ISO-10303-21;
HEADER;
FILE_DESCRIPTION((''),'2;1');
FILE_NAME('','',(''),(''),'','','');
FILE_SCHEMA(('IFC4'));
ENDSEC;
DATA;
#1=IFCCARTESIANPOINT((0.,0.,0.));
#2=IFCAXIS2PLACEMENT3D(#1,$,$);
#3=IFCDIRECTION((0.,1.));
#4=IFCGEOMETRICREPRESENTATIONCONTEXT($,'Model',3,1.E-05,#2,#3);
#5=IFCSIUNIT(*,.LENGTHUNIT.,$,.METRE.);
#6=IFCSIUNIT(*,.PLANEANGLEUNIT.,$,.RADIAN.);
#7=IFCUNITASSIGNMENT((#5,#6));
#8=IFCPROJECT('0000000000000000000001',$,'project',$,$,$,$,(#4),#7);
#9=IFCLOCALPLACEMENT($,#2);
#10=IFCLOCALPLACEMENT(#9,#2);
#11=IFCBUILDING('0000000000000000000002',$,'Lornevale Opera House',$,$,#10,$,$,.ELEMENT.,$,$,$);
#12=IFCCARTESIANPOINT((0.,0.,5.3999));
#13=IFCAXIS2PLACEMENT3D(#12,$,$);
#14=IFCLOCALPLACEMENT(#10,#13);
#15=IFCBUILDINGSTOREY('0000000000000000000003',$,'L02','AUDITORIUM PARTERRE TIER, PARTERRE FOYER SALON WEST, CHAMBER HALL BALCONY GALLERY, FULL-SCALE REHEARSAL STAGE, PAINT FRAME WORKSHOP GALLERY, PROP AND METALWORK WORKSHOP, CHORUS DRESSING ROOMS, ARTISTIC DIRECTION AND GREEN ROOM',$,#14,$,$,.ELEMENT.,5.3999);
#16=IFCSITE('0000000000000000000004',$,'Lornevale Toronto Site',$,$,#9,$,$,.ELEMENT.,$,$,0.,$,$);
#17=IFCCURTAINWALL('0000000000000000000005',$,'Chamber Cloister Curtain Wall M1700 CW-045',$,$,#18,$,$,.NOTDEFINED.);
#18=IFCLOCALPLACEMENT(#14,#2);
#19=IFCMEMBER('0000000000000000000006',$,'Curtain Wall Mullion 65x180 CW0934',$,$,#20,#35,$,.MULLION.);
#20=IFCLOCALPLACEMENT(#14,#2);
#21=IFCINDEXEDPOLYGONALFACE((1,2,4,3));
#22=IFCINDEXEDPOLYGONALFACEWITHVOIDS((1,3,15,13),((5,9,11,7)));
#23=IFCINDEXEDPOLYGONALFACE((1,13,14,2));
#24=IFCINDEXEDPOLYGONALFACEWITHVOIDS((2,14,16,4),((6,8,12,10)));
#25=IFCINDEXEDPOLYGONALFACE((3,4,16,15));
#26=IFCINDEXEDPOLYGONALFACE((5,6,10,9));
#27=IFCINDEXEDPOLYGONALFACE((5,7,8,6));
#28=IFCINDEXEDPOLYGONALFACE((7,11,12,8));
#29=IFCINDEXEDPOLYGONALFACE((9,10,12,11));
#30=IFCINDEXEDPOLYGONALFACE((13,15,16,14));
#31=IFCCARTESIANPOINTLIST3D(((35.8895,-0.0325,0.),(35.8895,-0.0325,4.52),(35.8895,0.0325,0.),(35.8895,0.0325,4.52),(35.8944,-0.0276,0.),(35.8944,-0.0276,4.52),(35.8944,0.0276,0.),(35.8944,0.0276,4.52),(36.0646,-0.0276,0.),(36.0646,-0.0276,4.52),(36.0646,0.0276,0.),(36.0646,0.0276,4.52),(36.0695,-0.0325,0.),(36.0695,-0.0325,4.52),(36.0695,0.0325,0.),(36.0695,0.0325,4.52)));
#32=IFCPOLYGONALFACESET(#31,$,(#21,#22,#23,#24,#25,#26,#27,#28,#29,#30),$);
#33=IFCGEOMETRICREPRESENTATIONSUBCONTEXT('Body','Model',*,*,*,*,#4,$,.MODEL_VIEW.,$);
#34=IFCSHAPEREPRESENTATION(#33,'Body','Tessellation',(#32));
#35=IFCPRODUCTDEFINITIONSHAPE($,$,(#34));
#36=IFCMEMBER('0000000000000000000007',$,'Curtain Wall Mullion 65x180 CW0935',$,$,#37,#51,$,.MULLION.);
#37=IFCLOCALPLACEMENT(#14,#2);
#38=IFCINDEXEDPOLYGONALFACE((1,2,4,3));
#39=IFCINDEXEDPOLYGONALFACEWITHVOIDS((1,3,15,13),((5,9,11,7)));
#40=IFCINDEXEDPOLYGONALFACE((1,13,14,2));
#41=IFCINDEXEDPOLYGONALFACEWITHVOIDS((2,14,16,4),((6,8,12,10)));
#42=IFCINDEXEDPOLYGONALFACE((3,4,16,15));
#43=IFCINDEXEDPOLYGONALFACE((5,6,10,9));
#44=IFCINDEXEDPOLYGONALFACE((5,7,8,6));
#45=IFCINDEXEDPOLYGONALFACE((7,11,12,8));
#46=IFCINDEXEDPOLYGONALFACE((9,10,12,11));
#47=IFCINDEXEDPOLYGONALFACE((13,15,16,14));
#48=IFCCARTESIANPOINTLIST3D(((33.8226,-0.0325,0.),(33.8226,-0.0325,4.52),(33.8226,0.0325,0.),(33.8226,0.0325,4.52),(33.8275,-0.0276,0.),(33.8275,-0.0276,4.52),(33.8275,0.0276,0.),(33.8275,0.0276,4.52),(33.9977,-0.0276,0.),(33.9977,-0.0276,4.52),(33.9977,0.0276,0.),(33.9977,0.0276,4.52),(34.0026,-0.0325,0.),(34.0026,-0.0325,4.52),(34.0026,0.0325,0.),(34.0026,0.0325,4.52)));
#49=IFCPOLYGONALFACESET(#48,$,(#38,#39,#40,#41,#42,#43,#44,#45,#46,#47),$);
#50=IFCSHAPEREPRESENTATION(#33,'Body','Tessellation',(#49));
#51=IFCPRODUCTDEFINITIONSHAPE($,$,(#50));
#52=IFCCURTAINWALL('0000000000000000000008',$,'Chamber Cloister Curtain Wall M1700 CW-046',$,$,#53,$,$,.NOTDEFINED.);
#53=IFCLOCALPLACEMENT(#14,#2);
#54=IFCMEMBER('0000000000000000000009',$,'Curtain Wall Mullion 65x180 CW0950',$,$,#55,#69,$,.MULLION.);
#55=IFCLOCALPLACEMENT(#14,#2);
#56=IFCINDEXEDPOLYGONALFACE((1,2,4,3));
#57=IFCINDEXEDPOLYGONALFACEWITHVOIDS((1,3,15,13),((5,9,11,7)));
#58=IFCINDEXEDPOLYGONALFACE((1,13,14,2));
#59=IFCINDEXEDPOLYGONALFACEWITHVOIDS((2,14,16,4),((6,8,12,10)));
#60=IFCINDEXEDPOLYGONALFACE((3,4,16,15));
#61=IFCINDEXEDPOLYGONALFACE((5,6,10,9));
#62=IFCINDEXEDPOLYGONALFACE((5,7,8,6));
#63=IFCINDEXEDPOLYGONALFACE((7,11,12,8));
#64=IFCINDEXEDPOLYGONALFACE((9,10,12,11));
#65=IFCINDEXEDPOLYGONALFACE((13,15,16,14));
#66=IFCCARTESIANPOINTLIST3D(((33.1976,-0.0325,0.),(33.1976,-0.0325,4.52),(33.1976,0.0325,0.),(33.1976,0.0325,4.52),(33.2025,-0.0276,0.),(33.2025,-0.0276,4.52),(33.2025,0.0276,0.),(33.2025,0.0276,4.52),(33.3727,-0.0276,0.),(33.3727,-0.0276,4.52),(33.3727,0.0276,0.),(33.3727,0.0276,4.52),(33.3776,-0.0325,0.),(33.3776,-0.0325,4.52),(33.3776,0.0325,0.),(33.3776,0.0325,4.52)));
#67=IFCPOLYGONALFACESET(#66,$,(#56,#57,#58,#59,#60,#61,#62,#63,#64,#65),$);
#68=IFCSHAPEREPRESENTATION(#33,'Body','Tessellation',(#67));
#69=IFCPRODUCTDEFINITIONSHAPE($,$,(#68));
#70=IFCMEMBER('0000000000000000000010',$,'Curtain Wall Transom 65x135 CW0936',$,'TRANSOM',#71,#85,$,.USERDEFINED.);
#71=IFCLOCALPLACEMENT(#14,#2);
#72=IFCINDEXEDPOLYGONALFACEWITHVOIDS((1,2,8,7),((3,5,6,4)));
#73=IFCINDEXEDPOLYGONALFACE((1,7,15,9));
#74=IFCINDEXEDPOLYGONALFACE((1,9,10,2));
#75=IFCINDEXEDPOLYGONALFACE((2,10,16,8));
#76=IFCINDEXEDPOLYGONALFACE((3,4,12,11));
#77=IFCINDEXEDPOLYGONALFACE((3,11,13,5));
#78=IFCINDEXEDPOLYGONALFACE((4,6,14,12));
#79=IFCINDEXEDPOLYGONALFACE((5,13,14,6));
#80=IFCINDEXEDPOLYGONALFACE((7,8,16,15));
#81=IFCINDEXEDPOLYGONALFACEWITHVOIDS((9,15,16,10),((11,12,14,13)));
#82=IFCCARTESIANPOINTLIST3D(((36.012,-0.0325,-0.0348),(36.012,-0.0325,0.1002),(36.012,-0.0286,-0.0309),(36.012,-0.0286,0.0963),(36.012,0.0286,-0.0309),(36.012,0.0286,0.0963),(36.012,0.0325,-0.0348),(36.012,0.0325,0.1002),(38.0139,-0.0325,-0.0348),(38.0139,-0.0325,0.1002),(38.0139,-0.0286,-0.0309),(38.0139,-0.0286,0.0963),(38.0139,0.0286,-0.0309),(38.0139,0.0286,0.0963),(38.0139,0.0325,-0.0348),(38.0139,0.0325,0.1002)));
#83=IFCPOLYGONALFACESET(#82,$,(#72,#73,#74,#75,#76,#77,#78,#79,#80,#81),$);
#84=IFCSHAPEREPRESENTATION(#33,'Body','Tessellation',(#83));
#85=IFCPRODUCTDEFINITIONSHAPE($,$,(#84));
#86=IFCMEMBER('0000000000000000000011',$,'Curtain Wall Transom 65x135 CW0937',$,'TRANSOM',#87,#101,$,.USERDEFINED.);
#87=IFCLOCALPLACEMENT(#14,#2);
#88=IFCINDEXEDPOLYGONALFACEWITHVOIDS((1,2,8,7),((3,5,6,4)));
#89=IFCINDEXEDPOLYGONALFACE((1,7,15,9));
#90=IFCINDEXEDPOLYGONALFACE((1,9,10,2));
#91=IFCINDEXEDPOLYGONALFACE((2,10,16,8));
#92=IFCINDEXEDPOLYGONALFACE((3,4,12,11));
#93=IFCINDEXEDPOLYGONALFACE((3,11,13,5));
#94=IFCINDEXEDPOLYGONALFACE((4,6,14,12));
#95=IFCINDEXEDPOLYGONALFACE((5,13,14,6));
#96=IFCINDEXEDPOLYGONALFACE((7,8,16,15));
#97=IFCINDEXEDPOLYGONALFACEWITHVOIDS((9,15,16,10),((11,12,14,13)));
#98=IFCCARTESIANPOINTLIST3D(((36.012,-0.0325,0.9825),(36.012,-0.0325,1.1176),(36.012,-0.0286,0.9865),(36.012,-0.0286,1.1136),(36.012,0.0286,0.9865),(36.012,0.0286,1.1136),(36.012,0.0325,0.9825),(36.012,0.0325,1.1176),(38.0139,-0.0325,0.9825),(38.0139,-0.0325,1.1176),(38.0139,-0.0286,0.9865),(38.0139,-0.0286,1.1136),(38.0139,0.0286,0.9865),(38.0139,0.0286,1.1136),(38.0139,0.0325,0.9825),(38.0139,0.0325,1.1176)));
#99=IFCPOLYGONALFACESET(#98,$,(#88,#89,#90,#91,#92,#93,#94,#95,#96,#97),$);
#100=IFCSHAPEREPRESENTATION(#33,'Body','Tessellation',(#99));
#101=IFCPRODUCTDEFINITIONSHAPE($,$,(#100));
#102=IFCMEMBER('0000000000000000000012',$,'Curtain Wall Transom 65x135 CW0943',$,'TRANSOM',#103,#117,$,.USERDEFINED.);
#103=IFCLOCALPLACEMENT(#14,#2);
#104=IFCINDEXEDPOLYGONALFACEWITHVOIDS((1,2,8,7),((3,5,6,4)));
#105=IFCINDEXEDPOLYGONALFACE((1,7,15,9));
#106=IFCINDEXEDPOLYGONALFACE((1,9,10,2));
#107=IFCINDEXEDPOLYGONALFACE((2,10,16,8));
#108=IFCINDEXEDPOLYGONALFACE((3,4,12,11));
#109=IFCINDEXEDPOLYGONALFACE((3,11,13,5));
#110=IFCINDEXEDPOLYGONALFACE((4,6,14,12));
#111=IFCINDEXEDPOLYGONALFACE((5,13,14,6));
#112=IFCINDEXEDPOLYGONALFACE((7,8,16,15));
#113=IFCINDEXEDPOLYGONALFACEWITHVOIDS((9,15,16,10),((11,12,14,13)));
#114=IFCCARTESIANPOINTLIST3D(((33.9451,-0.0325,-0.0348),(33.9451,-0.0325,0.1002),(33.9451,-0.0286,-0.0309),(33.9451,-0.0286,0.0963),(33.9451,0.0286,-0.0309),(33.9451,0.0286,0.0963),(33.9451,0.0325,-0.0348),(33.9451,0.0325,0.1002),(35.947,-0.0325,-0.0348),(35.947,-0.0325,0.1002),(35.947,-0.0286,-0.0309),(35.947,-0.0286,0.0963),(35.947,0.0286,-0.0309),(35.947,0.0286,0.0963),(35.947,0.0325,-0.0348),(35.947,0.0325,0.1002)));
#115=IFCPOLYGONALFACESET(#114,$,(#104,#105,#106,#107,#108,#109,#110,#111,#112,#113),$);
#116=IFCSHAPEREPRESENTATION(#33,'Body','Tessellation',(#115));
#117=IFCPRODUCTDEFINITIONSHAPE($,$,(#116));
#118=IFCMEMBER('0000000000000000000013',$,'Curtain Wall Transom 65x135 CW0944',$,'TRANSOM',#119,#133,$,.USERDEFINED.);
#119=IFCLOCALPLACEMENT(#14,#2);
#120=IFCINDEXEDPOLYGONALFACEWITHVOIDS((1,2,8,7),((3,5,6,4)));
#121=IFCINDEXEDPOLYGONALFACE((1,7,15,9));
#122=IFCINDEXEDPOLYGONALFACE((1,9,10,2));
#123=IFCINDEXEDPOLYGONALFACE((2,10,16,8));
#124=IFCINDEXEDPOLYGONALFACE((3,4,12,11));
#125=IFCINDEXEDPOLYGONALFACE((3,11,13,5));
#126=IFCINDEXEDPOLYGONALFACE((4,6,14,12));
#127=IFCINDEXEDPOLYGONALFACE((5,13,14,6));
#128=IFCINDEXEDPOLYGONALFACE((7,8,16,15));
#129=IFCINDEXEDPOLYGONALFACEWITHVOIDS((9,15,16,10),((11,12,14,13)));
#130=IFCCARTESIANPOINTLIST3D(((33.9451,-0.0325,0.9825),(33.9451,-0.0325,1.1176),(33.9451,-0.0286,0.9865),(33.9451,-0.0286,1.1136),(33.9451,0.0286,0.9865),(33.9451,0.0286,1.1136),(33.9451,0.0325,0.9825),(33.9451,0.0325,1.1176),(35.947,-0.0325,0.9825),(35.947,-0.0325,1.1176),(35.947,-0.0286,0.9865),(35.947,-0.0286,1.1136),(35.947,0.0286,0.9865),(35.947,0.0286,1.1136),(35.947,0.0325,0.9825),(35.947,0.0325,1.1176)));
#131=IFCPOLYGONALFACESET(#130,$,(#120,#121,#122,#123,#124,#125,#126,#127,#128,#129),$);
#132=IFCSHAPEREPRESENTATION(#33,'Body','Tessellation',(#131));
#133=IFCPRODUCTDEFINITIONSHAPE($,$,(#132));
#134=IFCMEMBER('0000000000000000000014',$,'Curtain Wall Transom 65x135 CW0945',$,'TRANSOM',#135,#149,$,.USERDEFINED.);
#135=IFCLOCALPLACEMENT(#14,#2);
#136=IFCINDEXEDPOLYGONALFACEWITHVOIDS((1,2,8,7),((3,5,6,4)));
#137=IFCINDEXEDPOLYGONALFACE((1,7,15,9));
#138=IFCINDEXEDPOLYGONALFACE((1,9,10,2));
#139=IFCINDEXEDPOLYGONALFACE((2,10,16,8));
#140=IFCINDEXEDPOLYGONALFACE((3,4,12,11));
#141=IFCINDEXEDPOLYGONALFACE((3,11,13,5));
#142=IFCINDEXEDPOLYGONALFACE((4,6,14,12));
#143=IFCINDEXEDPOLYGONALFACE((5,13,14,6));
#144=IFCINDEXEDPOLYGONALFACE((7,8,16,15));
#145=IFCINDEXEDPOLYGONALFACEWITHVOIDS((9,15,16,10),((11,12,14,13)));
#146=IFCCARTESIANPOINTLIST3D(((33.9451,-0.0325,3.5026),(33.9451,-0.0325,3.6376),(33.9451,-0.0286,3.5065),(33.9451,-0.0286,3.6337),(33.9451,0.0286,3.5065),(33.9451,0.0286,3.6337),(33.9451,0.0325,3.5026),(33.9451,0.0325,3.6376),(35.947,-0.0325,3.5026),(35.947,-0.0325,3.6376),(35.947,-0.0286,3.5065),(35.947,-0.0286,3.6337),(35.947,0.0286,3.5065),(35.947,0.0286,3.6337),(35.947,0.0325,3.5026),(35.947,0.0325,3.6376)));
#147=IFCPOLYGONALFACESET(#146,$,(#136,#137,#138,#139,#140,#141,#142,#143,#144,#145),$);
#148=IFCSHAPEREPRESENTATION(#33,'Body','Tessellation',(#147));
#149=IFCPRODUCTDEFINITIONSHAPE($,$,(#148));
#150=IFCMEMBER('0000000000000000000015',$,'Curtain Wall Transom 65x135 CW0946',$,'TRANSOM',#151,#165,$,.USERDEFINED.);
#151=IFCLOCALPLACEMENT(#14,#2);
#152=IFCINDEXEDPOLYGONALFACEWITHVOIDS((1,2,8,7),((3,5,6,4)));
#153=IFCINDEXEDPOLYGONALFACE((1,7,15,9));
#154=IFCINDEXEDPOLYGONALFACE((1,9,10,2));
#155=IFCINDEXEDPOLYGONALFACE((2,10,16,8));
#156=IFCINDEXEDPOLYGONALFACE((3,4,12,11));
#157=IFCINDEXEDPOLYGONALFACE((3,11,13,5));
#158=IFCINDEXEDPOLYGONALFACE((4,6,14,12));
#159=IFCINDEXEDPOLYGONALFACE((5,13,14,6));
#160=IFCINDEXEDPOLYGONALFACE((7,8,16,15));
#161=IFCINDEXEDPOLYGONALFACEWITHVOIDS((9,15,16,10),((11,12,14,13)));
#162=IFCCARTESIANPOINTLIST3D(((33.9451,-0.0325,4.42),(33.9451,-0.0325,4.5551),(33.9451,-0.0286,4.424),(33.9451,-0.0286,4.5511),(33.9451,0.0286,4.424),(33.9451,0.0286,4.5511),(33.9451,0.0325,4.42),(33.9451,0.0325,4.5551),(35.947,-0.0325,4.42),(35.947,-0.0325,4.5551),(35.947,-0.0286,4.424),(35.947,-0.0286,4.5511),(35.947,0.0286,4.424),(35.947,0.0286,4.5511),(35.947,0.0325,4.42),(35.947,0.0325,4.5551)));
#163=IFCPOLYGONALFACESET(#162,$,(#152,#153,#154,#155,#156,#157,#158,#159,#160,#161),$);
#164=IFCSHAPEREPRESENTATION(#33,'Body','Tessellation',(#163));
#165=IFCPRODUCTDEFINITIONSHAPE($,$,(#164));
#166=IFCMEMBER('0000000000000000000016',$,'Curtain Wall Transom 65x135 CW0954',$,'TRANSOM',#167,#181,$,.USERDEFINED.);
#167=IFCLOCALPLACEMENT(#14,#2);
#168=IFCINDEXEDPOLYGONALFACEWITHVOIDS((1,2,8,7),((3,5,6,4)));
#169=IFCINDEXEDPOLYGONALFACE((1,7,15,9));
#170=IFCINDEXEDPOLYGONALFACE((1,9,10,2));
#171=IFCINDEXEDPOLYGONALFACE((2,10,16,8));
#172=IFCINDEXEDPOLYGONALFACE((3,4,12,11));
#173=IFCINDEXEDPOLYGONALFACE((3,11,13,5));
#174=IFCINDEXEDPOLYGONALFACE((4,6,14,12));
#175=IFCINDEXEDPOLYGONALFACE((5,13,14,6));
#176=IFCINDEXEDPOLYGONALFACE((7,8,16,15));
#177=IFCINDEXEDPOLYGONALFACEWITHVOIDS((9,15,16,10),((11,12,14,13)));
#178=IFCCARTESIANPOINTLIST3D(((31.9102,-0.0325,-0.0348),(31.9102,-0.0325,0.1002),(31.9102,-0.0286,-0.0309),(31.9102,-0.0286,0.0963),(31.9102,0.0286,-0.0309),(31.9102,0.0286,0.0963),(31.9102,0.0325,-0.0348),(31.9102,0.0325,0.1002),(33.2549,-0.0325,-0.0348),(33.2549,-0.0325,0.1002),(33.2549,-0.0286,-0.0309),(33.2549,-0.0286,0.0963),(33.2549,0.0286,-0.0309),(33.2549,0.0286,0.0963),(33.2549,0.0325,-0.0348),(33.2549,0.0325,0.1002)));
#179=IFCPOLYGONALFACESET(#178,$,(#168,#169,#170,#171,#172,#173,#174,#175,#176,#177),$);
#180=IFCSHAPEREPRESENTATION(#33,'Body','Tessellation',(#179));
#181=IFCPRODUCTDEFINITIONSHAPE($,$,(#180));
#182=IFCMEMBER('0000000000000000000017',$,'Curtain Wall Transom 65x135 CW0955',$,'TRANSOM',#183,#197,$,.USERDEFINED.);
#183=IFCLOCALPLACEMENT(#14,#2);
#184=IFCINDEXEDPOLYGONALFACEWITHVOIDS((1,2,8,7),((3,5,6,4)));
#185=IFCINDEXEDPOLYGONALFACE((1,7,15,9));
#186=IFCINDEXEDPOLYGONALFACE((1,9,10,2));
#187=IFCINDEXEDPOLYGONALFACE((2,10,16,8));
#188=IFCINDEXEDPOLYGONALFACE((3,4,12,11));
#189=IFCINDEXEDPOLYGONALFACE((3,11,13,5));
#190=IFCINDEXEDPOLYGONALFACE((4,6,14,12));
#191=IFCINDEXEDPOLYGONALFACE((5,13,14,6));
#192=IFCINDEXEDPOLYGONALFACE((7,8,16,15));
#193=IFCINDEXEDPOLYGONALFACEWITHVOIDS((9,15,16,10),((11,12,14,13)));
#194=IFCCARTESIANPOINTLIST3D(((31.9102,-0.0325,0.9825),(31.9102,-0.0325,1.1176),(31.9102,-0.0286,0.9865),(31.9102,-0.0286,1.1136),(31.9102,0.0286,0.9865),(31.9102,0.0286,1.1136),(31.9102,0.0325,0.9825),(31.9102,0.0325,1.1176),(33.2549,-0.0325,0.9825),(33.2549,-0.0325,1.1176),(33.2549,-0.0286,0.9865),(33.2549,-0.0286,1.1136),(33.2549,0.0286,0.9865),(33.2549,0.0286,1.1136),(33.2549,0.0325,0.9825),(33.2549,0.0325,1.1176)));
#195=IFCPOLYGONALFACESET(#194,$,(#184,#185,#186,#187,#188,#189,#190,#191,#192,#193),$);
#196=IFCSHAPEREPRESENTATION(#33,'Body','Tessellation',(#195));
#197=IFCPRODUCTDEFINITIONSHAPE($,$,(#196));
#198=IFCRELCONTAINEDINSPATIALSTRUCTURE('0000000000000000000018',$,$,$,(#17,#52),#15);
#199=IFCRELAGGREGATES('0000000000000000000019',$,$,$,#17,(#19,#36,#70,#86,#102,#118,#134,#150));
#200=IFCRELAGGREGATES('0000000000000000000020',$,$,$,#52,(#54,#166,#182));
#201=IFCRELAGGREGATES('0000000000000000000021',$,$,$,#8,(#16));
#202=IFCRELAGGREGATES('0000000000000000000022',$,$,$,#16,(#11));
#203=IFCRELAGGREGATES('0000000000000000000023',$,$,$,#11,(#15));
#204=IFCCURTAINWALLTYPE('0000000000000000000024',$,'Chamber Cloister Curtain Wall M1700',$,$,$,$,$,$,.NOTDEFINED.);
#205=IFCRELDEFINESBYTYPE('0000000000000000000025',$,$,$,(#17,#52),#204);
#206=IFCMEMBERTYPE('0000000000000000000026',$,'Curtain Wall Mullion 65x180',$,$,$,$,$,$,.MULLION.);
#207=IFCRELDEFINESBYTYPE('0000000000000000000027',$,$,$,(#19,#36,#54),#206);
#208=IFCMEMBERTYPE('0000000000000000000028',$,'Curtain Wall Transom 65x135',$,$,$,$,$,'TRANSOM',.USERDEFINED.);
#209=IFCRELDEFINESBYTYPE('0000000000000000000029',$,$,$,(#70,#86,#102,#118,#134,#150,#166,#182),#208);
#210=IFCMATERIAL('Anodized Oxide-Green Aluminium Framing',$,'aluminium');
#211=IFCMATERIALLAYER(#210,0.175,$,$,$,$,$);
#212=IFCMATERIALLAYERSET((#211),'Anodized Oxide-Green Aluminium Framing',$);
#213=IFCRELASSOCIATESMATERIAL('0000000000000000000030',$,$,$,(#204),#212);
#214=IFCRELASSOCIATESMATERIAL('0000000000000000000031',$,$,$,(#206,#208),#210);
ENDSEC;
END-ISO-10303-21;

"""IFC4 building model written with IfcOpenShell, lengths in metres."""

from ifc_helpers import new_model, si_unit, direction, frame, origin, origin_2d, place, context, subcontext, project, spatial, hollow_rectangle, extrude, material, layer, layer_set, material_profile, profile_set, type_object, element, aggregate, save


model = new_model("IFC4")

# Units and contexts
model_context = context("Model", 3, precision=1e-05, world=origin(), true_north=direction((0.0, 1.0)))
body_context = subcontext(model_context, "Body", "Model", "MODEL_VIEW")
ifc_project = project(units=[si_unit("LENGTHUNIT", "METRE"), si_unit("PLANEANGLEUNIT", "RADIAN")], contexts=[model_context])

# Site, building, storey
site_placement = place(None, origin())
site = spatial("IfcSite", under=ifc_project, at=site_placement, Name="Lornevale Toronto Site", CompositionType="ELEMENT", RefElevation=0.0)
building_placement = place(site_placement, origin())
building = spatial("IfcBuilding", under=site, at=building_placement, Name="Lornevale Opera House", CompositionType="ELEMENT")
storey_placement = place(building_placement, frame((0.0, 0.0, 5.3999)))
storey = spatial("IfcBuildingStorey", under=building, at=storey_placement, Name="L02", Description="AUDITORIUM PARTERRE TIER, PARTERRE FOYER SALON WEST, CHAMBER HALL BALCONY GALLERY, FULL-SCALE REHEARSAL STAGE, PAINT FRAME WORKSHOP GALLERY, PROP AND METALWORK WORKSHOP, CHORUS DRESSING ROOMS, ARTISTIC DIRECTION AND GREEN ROOM", CompositionType="ELEMENT", Elevation=5.3999)

# Curtain wall, members
ifc_material_1 = material(Name="Anodized Oxide-Green Aluminium Framing", Category="aluminium")
ifc_layer_1 = layer(ifc_material_1, 0.175)
ifc_layer_set_1 = layer_set([ifc_layer_1], Name="Anodized Oxide-Green Aluminium Framing")
curtain_wall_type = type_object("IfcCurtainWallType", Name="Chamber Cloister Curtain Wall M1700", PredefinedType="NOTDEFINED", material=ifc_layer_set_1)
curtain_wall_1_placement = place(storey_placement, origin())
curtain_wall_1 = element("IfcCurtainWall", 1, at=curtain_wall_1_placement, inside=storey, type_object=curtain_wall_type, Name="Chamber Cloister Curtain Wall M1700 CW-045", PredefinedType="NOTDEFINED")
ifc_material_profile_1 = material_profile(ifc_material_1, hollow_rectangle(XDim=0.0649, YDim=0.1799, WallThickness=0.0049, at=origin_2d()), Name="ALU65x180x5")
ifc_profile_set_1 = profile_set([ifc_material_profile_1], Name="Anodized Oxide-Green Aluminium Framing")
member_type_1 = type_object("IfcMemberType", Name="Curtain Wall Mullion 65x180", PredefinedType="MULLION", material=ifc_profile_set_1)
member_1_placement = place(storey_placement, frame((35.9795, 0.0, 0.0), z_axis=(0.0, 0.0, 1.0), x_axis=(0.0, -1.0, 0.0)))
member_1 = element("IfcMember", 2, at=member_1_placement, type_object=member_type_1, Name="Curtain Wall Mullion 65x180 CW0934", PredefinedType="MULLION", context=body_context, shape_type="SweptSolid", body=[
    extrude(hollow_rectangle(XDim=0.0649, YDim=0.1799, WallThickness=0.0049, at=origin_2d()), origin(), (0.0, 0.0, 1.0), 4.52),
])
member_2_placement = place(storey_placement, frame((33.9126, 0.0, 0.0), z_axis=(0.0, 0.0, 1.0), x_axis=(0.0, -1.0, 0.0)))
member_2 = element("IfcMember", 3, at=member_2_placement, type_object=member_type_1, Name="Curtain Wall Mullion 65x180 CW0935", PredefinedType="MULLION", context=body_context, shape_type="SweptSolid", body=[
    extrude(hollow_rectangle(XDim=0.0649, YDim=0.1799, WallThickness=0.0049, at=origin_2d()), origin(), (0.0, 0.0, 1.0), 4.52),
])

# Curtain wall, member
curtain_wall_2_placement = place(storey_placement, origin())
curtain_wall_2 = element("IfcCurtainWall", 4, at=curtain_wall_2_placement, inside=storey, type_object=curtain_wall_type, Name="Chamber Cloister Curtain Wall M1700 CW-046", PredefinedType="NOTDEFINED")
member_3_placement = place(storey_placement, frame((33.2876, 0.0, 0.0), z_axis=(0.0, 0.0, 1.0), x_axis=(0.0, -1.0, 0.0)))
member_3 = element("IfcMember", 5, at=member_3_placement, type_object=member_type_1, Name="Curtain Wall Mullion 65x180 CW0950", PredefinedType="MULLION", context=body_context, shape_type="SweptSolid", body=[
    extrude(hollow_rectangle(XDim=0.0649, YDim=0.1799, WallThickness=0.0049, at=origin_2d()), origin(), (0.0, 0.0, 1.0), 4.52),
])

# Members
ifc_material_profile_2 = material_profile(ifc_material_1, hollow_rectangle(XDim=0.0649, YDim=0.135, WallThickness=0.0039, at=origin_2d()), Name="ALU65x135x4")
ifc_profile_set_2 = profile_set([ifc_material_profile_2], Name="Anodized Oxide-Green Aluminium Framing")
member_type_2 = type_object("IfcMemberType", Name="Curtain Wall Transom 65x135", ElementType="TRANSOM", PredefinedType="USERDEFINED", material=ifc_profile_set_2)
member_4_placement = place(storey_placement, frame((38.0139, 0.0, 0.0327), z_axis=(-1.0, 0.0, 0.0), x_axis=(0.0, -1.0, 0.0)))
member_4 = element("IfcMember", 6, at=member_4_placement, type_object=member_type_2, Name="Curtain Wall Transom 65x135 CW0936", ObjectType="TRANSOM", PredefinedType="USERDEFINED", context=body_context, shape_type="SweptSolid", body=[
    extrude(hollow_rectangle(XDim=0.0649, YDim=0.135, WallThickness=0.0039, at=origin_2d()), origin(), (0.0, 0.0, 1.0), 2.002),
])
member_5_placement = place(storey_placement, frame((38.0139, 0.0, 1.05), z_axis=(-1.0, 0.0, 0.0), x_axis=(0.0, -1.0, 0.0)))
member_5 = element("IfcMember", 7, at=member_5_placement, type_object=member_type_2, Name="Curtain Wall Transom 65x135 CW0937", ObjectType="TRANSOM", PredefinedType="USERDEFINED", context=body_context, shape_type="SweptSolid", body=[
    extrude(hollow_rectangle(XDim=0.0649, YDim=0.135, WallThickness=0.0039, at=origin_2d()), origin(), (0.0, 0.0, 1.0), 2.002),
])
member_6_placement = place(storey_placement, frame((35.947, 0.0, 0.0327), z_axis=(-1.0, 0.0, 0.0), x_axis=(0.0, -1.0, 0.0)))
member_6 = element("IfcMember", 8, at=member_6_placement, type_object=member_type_2, Name="Curtain Wall Transom 65x135 CW0943", ObjectType="TRANSOM", PredefinedType="USERDEFINED", context=body_context, shape_type="SweptSolid", body=[
    extrude(hollow_rectangle(XDim=0.0649, YDim=0.135, WallThickness=0.0039, at=origin_2d()), origin(), (0.0, 0.0, 1.0), 2.002),
])
member_7_placement = place(storey_placement, frame((35.947, 0.0, 1.05), z_axis=(-1.0, 0.0, 0.0), x_axis=(0.0, -1.0, 0.0)))
member_7 = element("IfcMember", 9, at=member_7_placement, type_object=member_type_2, Name="Curtain Wall Transom 65x135 CW0944", ObjectType="TRANSOM", PredefinedType="USERDEFINED", context=body_context, shape_type="SweptSolid", body=[
    extrude(hollow_rectangle(XDim=0.0649, YDim=0.135, WallThickness=0.0039, at=origin_2d()), origin(), (0.0, 0.0, 1.0), 2.002),
])
member_8_placement = place(storey_placement, frame((35.947, 0.0, 3.5701), z_axis=(-1.0, 0.0, 0.0), x_axis=(0.0, -1.0, 0.0)))
member_8 = element("IfcMember", 10, at=member_8_placement, type_object=member_type_2, Name="Curtain Wall Transom 65x135 CW0945", ObjectType="TRANSOM", PredefinedType="USERDEFINED", context=body_context, shape_type="SweptSolid", body=[
    extrude(hollow_rectangle(XDim=0.0649, YDim=0.135, WallThickness=0.0039, at=origin_2d()), origin(), (0.0, 0.0, 1.0), 2.002),
])
member_9_placement = place(storey_placement, frame((35.947, 0.0, 4.4875), z_axis=(-1.0, 0.0, 0.0), x_axis=(0.0, -1.0, 0.0)))
member_9 = element("IfcMember", 11, at=member_9_placement, type_object=member_type_2, Name="Curtain Wall Transom 65x135 CW0946", ObjectType="TRANSOM", PredefinedType="USERDEFINED", context=body_context, shape_type="SweptSolid", body=[
    extrude(hollow_rectangle(XDim=0.0649, YDim=0.135, WallThickness=0.0039, at=origin_2d()), origin(), (0.0, 0.0, 1.0), 2.002),
])
member_10_placement = place(storey_placement, frame((33.2549, 0.0, 0.0327), z_axis=(-1.0, 0.0, 0.0), x_axis=(0.0, -1.0, 0.0)))
member_10 = element("IfcMember", 12, at=member_10_placement, type_object=member_type_2, Name="Curtain Wall Transom 65x135 CW0954", ObjectType="TRANSOM", PredefinedType="USERDEFINED", context=body_context, shape_type="SweptSolid", body=[
    extrude(hollow_rectangle(XDim=0.0649, YDim=0.135, WallThickness=0.0039, at=origin_2d()), origin(), (0.0, 0.0, 1.0), 1.3447),
])
member_11_placement = place(storey_placement, frame((33.2549, 0.0, 1.05), z_axis=(-1.0, 0.0, 0.0), x_axis=(0.0, -1.0, 0.0)))
member_11 = element("IfcMember", 13, at=member_11_placement, type_object=member_type_2, Name="Curtain Wall Transom 65x135 CW0955", ObjectType="TRANSOM", PredefinedType="USERDEFINED", context=body_context, shape_type="SweptSolid", body=[
    extrude(hollow_rectangle(XDim=0.0649, YDim=0.135, WallThickness=0.0039, at=origin_2d()), origin(), (0.0, 0.0, 1.0), 1.3447),
])

aggregate(curtain_wall_1, [member_1, member_2, member_4, member_5, member_6, member_7, member_8, member_9])
aggregate(curtain_wall_2, [member_3, member_10, member_11])

save(model, "model.ifc")
